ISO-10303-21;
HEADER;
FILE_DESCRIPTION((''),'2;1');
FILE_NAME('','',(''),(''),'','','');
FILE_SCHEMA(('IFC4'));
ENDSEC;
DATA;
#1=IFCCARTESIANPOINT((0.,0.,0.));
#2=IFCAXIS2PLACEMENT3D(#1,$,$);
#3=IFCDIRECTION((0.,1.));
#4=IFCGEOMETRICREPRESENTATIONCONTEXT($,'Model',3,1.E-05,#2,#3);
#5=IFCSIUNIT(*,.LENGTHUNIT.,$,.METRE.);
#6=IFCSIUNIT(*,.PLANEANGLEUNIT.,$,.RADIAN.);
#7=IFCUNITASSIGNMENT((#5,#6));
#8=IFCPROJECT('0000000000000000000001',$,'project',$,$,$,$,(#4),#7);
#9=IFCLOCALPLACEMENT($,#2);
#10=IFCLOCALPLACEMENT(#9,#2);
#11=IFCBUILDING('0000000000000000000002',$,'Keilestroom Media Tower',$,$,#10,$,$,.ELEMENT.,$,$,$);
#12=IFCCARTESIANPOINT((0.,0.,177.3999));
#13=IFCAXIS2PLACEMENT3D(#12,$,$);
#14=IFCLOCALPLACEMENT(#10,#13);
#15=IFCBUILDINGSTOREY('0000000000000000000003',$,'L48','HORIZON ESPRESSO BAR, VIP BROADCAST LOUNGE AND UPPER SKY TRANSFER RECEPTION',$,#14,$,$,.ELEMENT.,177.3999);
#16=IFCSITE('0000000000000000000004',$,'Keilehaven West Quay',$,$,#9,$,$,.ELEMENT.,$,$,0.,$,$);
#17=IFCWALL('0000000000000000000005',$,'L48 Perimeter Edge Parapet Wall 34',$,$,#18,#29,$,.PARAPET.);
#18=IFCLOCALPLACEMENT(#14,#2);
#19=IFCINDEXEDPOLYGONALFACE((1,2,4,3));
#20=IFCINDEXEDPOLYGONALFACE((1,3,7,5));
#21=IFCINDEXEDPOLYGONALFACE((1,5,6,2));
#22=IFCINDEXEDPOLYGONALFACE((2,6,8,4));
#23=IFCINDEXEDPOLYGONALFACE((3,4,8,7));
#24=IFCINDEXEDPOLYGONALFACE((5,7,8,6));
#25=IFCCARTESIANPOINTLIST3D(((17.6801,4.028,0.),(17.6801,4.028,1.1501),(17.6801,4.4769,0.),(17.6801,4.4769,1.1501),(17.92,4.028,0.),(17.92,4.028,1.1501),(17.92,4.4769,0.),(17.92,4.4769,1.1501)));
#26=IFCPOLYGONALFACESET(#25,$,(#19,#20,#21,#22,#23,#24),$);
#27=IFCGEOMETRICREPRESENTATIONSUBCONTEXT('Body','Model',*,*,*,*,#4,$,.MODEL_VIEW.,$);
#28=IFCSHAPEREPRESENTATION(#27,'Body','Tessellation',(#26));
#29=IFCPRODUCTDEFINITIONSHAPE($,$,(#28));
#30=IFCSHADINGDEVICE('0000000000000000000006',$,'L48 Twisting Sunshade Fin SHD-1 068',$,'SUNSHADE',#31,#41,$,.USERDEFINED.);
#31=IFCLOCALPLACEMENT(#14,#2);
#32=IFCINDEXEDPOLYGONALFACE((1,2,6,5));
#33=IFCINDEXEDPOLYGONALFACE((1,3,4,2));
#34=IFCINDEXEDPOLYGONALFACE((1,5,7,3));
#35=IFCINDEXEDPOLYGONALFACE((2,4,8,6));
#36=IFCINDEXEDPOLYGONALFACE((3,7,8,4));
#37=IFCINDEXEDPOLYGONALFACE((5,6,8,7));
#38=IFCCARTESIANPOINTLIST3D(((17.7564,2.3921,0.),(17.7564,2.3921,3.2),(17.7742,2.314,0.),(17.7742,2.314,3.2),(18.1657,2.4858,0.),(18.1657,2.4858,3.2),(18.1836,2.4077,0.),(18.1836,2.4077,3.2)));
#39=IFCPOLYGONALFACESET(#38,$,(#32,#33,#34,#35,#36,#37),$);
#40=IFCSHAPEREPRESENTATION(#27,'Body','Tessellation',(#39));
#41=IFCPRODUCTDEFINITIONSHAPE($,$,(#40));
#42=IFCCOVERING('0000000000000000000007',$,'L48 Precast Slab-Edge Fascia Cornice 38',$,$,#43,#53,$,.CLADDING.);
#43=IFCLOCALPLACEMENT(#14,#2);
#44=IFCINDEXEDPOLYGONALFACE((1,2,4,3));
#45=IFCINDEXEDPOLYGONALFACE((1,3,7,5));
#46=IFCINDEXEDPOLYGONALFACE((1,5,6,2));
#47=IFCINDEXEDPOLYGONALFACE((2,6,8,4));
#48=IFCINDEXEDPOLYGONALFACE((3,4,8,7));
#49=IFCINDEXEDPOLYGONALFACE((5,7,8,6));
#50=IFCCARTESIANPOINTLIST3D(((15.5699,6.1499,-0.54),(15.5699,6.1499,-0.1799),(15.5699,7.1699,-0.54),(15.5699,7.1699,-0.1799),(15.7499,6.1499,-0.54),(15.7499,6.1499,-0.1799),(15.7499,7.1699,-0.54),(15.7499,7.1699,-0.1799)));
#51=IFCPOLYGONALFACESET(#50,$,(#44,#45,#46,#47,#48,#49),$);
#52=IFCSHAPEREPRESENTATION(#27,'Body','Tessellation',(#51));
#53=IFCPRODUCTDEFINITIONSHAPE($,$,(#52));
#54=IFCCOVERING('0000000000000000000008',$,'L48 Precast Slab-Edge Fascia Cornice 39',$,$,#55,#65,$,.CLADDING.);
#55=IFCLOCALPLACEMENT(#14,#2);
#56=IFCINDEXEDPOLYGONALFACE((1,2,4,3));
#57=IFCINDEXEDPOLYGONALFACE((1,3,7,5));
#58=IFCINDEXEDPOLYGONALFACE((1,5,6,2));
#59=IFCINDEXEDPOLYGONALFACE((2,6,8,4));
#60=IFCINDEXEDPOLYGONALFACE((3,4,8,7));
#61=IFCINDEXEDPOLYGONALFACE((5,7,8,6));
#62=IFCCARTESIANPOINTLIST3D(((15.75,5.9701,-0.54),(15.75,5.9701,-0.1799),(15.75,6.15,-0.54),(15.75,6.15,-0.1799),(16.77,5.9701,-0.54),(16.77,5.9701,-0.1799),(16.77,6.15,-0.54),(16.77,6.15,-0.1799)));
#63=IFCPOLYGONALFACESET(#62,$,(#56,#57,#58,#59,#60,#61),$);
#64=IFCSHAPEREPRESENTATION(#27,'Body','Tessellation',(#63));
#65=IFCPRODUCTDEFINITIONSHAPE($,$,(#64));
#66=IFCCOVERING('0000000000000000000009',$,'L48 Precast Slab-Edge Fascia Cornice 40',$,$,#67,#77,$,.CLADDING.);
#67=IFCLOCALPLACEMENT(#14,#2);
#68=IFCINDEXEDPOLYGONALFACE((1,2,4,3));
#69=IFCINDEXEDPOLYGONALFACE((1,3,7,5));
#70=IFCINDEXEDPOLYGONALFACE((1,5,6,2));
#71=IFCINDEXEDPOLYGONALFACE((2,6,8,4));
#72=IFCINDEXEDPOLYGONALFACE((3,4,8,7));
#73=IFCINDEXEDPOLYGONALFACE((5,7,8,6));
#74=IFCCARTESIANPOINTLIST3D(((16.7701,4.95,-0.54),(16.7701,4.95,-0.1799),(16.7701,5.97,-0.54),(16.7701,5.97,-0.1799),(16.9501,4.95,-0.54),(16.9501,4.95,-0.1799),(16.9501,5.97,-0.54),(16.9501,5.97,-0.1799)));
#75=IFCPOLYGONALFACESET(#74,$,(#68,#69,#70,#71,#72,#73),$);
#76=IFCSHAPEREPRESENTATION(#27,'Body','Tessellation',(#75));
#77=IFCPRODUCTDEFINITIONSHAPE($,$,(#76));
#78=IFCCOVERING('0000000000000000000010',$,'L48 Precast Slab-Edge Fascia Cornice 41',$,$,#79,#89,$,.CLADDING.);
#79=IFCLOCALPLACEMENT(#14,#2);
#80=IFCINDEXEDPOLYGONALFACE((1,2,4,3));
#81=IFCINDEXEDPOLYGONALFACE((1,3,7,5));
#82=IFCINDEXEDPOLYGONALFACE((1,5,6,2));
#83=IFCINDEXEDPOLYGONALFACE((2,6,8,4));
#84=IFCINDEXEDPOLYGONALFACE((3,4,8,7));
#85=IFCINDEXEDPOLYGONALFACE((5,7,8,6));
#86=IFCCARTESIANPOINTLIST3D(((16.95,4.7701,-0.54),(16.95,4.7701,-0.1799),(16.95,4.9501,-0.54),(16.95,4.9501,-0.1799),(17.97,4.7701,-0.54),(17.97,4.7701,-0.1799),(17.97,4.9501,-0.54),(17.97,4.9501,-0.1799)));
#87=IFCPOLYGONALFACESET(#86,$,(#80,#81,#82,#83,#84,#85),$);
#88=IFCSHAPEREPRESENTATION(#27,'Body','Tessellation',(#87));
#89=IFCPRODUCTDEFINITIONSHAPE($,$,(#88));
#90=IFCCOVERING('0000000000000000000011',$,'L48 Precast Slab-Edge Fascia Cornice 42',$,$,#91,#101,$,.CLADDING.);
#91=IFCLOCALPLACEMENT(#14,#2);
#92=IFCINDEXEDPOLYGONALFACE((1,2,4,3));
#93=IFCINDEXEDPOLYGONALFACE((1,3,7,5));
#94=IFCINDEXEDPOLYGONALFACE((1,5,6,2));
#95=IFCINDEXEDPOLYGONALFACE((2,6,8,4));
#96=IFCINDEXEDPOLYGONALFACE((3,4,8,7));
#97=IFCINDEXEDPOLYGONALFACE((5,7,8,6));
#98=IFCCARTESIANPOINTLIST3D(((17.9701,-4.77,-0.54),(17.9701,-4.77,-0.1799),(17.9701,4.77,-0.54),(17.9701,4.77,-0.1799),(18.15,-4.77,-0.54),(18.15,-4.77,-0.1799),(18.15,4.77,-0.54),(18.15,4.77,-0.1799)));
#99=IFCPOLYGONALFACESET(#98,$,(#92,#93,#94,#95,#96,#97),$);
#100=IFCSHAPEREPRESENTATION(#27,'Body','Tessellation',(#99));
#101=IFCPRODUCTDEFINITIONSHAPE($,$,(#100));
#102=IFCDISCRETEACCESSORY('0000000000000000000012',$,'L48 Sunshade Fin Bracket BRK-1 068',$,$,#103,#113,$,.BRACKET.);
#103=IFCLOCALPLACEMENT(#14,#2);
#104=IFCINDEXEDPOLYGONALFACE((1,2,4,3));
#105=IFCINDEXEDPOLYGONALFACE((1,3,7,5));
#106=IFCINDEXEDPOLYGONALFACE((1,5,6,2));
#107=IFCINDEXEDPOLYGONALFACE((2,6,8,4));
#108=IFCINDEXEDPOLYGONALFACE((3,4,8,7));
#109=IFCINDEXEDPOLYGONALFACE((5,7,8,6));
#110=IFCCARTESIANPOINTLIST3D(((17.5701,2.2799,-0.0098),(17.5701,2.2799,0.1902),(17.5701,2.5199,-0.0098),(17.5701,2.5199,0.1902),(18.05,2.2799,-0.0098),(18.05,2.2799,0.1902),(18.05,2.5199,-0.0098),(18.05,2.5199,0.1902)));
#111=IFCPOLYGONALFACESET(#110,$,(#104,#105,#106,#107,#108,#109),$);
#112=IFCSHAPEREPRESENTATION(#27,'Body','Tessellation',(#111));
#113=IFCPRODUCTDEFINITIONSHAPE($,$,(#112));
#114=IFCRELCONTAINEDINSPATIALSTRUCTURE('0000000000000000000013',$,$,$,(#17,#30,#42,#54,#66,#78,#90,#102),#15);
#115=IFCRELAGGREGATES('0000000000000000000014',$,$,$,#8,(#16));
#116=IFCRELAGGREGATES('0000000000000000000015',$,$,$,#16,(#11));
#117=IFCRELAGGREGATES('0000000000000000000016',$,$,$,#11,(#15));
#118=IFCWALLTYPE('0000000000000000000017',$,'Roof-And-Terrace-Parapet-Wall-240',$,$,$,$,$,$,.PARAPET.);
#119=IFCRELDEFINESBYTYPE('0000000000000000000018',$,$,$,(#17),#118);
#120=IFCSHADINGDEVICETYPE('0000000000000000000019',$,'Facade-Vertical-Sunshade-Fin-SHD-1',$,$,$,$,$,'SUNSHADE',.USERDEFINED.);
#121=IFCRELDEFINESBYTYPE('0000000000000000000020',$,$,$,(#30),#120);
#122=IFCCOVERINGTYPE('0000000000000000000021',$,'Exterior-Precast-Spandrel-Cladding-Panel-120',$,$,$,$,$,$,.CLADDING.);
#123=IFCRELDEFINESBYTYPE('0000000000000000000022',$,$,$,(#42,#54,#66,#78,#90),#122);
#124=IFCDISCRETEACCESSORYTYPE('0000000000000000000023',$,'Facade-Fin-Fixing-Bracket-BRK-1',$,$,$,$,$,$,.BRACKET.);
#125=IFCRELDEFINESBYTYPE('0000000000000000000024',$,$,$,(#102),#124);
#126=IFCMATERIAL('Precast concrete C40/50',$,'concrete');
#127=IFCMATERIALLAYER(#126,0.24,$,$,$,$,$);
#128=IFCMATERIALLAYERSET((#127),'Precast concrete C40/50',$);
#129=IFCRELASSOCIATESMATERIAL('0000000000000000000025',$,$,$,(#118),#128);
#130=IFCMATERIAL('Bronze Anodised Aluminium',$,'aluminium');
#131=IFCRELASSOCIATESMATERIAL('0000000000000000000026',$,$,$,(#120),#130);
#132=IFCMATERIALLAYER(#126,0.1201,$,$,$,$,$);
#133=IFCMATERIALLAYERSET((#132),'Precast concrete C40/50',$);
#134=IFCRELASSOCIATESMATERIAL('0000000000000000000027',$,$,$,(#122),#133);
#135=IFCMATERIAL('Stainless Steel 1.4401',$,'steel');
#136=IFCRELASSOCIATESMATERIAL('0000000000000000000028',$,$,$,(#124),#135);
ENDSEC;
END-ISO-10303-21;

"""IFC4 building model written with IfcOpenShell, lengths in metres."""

from ifc_helpers import new_model, si_unit, direction, frame, frame_2d, origin, origin_2d, place, context, subcontext, project, spatial, rectangle, extrude, source, transform, mapped, material, layer, layer_set, type_object, element, save


model = new_model("IFC4")

# Units and contexts
model_context = context("Model", 3, precision=1e-05, world=origin(), true_north=direction((0.0, 1.0)))
body_context = subcontext(model_context, "Body", "Model", "MODEL_VIEW")
ifc_project = project(units=[si_unit("LENGTHUNIT", "METRE"), si_unit("PLANEANGLEUNIT", "RADIAN")], contexts=[model_context])

# Site, building, storey
site_placement = place(None, origin())
site = spatial("IfcSite", under=ifc_project, at=site_placement, Name="Keilehaven West Quay", CompositionType="ELEMENT", RefElevation=0.0)
building_placement = place(site_placement, origin())
building = spatial("IfcBuilding", under=site, at=building_placement, Name="Keilestroom Media Tower", CompositionType="ELEMENT")
storey_placement = place(building_placement, frame((0.0, 0.0, 177.3999)))
storey = spatial("IfcBuildingStorey", under=building, at=storey_placement, Name="L48", Description="HORIZON ESPRESSO BAR, VIP BROADCAST LOUNGE AND UPPER SKY TRANSFER RECEPTION", CompositionType="ELEMENT", Elevation=177.3999)

# Shared definitions
ifc_material_1 = material(Name="Precast concrete C40/50", Category="concrete")

# Wall
ifc_layer_1 = layer(ifc_material_1, 0.24)
ifc_layer_set_1 = layer_set([ifc_layer_1], Name="Precast concrete C40/50")
wall_type_1 = type_object("IfcWallType", Name="Roof-And-Terrace-Parapet-Wall-240", PredefinedType="PARAPET", material=ifc_layer_set_1)
wall_1_placement = place(storey_placement, frame((17.8, 4.4771, 0.0), z_axis=(0.0, 0.0, 1.0), x_axis=(0.0, -1.0, 0.0)))
element("IfcWall", 1, at=wall_1_placement, inside=storey, type_object=wall_type_1, Name="L48 Perimeter Edge Parapet Wall 34", PredefinedType="PARAPET", context=body_context, shape_type="SweptSolid", body=[
    extrude(rectangle(XDim=0.449, YDim=0.24, at=frame_2d((0.2246, 0.0))), origin(), (0.0, 0.0, 1.0), 1.1501),
])

# Shading device
ifc_material_2 = material(Name="Bronze Anodised Aluminium", Category="aluminium")
shading_device_type = type_object("IfcShadingDeviceType", Name="Facade-Vertical-Sunshade-Fin-SHD-1", ElementType="SUNSHADE", PredefinedType="USERDEFINED", material=ifc_material_2)
shared_shape_1 = source(origin(), body_context, "Body", "SweptSolid", [
    extrude(rectangle(XDim=0.4199, YDim=0.0801, at=origin_2d()), origin(), (0.0, 0.0, 1.0), 3.2),
])
shading_device_placement = place(storey_placement, frame((17.97, 2.3999, 0.0), z_axis=(0.0, 0.0, 1.0), x_axis=(0.9748, 0.22308, 0.0)))
element("IfcShadingDevice", 2, at=shading_device_placement, inside=storey, type_object=shading_device_type, Name="L48 Twisting Sunshade Fin SHD-1 068", ObjectType="SUNSHADE", PredefinedType="USERDEFINED", context=body_context, shape_type="MappedRepresentation", body=[
    mapped(shared_shape_1, transform((0.0, 0.0, 0.0), x_axis=(1.0, 0.0, 0.0), y_axis=(0.0, 1.0, 0.0), z_axis=(0.0, 0.0, 1.0), scale=1.0)),
])

# Coverings
ifc_layer_2 = layer(ifc_material_1, 0.1201)
ifc_layer_set_2 = layer_set([ifc_layer_2], Name="Precast concrete C40/50")
covering_type = type_object("IfcCoveringType", Name="Exterior-Precast-Spandrel-Cladding-Panel-120", PredefinedType="CLADDING", material=ifc_layer_set_2)
shared_shape_2 = source(origin(), body_context, "Body", "SweptSolid", [
    extrude(rectangle(XDim=1.02, YDim=0.1799, at=origin_2d()), origin(), (0.0, 0.0, 1.0), 0.3601),
])
for number, where, z_axis, x_axis, name in (
    (3, (15.6599, 6.6599, -0.54), (0.0, 0.0, 1.0), (0.0, -1.0, 0.0), "L48 Precast Slab-Edge Fascia Cornice 38"),
    (4, (16.26, 6.0601, -0.54), (0.0, 0.0, 1.0), (1.0, 0.0, 0.0), "L48 Precast Slab-Edge Fascia Cornice 39"),
    (5, (16.8601, 5.46, -0.54), (0.0, 0.0, 1.0), (0.0, -1.0, 0.0), "L48 Precast Slab-Edge Fascia Cornice 40"),
    (6, (17.46, 4.8601, -0.54), (0.0, 0.0, 1.0), (1.0, 0.0, 0.0), "L48 Precast Slab-Edge Fascia Cornice 41"),
):
    element("IfcCovering", number, at=place(storey_placement, frame(where, z_axis=z_axis, x_axis=x_axis)), inside=storey, type_object=covering_type, Name=name, PredefinedType="CLADDING", context=body_context, shape_type="MappedRepresentation", body=[
        mapped(shared_shape_2, transform((0.0, 0.0, 0.0), x_axis=(1.0, 0.0, 0.0), y_axis=(0.0, 1.0, 0.0), z_axis=(0.0, 0.0, 1.0), scale=1.0)),
    ])
shared_shape_3 = source(origin(), body_context, "Body", "SweptSolid", [
    extrude(rectangle(XDim=9.54, YDim=0.1799, at=origin_2d()), origin(), (0.0, 0.0, 1.0), 0.3601),
])
covering_placement = place(storey_placement, frame((18.0601, 0.0, -0.54), z_axis=(0.0, 0.0, 1.0), x_axis=(0.0, -1.0, 0.0)))
element("IfcCovering", 7, at=covering_placement, inside=storey, type_object=covering_type, Name="L48 Precast Slab-Edge Fascia Cornice 42", PredefinedType="CLADDING", context=body_context, shape_type="MappedRepresentation", body=[
    mapped(shared_shape_3, transform((0.0, 0.0, 0.0), x_axis=(1.0, 0.0, 0.0), y_axis=(0.0, 1.0, 0.0), z_axis=(0.0, 0.0, 1.0), scale=1.0)),
])

# Discrete accessory
ifc_material_3 = material(Name="Stainless Steel 1.4401", Category="steel")
discrete_accessory_type = type_object("IfcDiscreteAccessoryType", Name="Facade-Fin-Fixing-Bracket-BRK-1", PredefinedType="BRACKET", material=ifc_material_3)
shared_shape_4 = source(origin(), body_context, "Body", "SweptSolid", [
    extrude(rectangle(XDim=0.48, YDim=0.24, at=origin_2d()), origin(), (0.0, 0.0, 1.0), 0.2),
])
discrete_accessory_placement = place(storey_placement, frame((17.8101, 2.3999, -0.0098), z_axis=(0.0, 0.0, 1.0), x_axis=(1.0, 0.0, 0.0)))
element("IfcDiscreteAccessory", 8, at=discrete_accessory_placement, inside=storey, type_object=discrete_accessory_type, Name="L48 Sunshade Fin Bracket BRK-1 068", PredefinedType="BRACKET", context=body_context, shape_type="MappedRepresentation", body=[
    mapped(shared_shape_4, transform((0.0, 0.0, 0.0), x_axis=(1.0, 0.0, 0.0), y_axis=(0.0, 1.0, 0.0), z_axis=(0.0, 0.0, 1.0), scale=1.0)),
])

save(model, "model.ifc")
